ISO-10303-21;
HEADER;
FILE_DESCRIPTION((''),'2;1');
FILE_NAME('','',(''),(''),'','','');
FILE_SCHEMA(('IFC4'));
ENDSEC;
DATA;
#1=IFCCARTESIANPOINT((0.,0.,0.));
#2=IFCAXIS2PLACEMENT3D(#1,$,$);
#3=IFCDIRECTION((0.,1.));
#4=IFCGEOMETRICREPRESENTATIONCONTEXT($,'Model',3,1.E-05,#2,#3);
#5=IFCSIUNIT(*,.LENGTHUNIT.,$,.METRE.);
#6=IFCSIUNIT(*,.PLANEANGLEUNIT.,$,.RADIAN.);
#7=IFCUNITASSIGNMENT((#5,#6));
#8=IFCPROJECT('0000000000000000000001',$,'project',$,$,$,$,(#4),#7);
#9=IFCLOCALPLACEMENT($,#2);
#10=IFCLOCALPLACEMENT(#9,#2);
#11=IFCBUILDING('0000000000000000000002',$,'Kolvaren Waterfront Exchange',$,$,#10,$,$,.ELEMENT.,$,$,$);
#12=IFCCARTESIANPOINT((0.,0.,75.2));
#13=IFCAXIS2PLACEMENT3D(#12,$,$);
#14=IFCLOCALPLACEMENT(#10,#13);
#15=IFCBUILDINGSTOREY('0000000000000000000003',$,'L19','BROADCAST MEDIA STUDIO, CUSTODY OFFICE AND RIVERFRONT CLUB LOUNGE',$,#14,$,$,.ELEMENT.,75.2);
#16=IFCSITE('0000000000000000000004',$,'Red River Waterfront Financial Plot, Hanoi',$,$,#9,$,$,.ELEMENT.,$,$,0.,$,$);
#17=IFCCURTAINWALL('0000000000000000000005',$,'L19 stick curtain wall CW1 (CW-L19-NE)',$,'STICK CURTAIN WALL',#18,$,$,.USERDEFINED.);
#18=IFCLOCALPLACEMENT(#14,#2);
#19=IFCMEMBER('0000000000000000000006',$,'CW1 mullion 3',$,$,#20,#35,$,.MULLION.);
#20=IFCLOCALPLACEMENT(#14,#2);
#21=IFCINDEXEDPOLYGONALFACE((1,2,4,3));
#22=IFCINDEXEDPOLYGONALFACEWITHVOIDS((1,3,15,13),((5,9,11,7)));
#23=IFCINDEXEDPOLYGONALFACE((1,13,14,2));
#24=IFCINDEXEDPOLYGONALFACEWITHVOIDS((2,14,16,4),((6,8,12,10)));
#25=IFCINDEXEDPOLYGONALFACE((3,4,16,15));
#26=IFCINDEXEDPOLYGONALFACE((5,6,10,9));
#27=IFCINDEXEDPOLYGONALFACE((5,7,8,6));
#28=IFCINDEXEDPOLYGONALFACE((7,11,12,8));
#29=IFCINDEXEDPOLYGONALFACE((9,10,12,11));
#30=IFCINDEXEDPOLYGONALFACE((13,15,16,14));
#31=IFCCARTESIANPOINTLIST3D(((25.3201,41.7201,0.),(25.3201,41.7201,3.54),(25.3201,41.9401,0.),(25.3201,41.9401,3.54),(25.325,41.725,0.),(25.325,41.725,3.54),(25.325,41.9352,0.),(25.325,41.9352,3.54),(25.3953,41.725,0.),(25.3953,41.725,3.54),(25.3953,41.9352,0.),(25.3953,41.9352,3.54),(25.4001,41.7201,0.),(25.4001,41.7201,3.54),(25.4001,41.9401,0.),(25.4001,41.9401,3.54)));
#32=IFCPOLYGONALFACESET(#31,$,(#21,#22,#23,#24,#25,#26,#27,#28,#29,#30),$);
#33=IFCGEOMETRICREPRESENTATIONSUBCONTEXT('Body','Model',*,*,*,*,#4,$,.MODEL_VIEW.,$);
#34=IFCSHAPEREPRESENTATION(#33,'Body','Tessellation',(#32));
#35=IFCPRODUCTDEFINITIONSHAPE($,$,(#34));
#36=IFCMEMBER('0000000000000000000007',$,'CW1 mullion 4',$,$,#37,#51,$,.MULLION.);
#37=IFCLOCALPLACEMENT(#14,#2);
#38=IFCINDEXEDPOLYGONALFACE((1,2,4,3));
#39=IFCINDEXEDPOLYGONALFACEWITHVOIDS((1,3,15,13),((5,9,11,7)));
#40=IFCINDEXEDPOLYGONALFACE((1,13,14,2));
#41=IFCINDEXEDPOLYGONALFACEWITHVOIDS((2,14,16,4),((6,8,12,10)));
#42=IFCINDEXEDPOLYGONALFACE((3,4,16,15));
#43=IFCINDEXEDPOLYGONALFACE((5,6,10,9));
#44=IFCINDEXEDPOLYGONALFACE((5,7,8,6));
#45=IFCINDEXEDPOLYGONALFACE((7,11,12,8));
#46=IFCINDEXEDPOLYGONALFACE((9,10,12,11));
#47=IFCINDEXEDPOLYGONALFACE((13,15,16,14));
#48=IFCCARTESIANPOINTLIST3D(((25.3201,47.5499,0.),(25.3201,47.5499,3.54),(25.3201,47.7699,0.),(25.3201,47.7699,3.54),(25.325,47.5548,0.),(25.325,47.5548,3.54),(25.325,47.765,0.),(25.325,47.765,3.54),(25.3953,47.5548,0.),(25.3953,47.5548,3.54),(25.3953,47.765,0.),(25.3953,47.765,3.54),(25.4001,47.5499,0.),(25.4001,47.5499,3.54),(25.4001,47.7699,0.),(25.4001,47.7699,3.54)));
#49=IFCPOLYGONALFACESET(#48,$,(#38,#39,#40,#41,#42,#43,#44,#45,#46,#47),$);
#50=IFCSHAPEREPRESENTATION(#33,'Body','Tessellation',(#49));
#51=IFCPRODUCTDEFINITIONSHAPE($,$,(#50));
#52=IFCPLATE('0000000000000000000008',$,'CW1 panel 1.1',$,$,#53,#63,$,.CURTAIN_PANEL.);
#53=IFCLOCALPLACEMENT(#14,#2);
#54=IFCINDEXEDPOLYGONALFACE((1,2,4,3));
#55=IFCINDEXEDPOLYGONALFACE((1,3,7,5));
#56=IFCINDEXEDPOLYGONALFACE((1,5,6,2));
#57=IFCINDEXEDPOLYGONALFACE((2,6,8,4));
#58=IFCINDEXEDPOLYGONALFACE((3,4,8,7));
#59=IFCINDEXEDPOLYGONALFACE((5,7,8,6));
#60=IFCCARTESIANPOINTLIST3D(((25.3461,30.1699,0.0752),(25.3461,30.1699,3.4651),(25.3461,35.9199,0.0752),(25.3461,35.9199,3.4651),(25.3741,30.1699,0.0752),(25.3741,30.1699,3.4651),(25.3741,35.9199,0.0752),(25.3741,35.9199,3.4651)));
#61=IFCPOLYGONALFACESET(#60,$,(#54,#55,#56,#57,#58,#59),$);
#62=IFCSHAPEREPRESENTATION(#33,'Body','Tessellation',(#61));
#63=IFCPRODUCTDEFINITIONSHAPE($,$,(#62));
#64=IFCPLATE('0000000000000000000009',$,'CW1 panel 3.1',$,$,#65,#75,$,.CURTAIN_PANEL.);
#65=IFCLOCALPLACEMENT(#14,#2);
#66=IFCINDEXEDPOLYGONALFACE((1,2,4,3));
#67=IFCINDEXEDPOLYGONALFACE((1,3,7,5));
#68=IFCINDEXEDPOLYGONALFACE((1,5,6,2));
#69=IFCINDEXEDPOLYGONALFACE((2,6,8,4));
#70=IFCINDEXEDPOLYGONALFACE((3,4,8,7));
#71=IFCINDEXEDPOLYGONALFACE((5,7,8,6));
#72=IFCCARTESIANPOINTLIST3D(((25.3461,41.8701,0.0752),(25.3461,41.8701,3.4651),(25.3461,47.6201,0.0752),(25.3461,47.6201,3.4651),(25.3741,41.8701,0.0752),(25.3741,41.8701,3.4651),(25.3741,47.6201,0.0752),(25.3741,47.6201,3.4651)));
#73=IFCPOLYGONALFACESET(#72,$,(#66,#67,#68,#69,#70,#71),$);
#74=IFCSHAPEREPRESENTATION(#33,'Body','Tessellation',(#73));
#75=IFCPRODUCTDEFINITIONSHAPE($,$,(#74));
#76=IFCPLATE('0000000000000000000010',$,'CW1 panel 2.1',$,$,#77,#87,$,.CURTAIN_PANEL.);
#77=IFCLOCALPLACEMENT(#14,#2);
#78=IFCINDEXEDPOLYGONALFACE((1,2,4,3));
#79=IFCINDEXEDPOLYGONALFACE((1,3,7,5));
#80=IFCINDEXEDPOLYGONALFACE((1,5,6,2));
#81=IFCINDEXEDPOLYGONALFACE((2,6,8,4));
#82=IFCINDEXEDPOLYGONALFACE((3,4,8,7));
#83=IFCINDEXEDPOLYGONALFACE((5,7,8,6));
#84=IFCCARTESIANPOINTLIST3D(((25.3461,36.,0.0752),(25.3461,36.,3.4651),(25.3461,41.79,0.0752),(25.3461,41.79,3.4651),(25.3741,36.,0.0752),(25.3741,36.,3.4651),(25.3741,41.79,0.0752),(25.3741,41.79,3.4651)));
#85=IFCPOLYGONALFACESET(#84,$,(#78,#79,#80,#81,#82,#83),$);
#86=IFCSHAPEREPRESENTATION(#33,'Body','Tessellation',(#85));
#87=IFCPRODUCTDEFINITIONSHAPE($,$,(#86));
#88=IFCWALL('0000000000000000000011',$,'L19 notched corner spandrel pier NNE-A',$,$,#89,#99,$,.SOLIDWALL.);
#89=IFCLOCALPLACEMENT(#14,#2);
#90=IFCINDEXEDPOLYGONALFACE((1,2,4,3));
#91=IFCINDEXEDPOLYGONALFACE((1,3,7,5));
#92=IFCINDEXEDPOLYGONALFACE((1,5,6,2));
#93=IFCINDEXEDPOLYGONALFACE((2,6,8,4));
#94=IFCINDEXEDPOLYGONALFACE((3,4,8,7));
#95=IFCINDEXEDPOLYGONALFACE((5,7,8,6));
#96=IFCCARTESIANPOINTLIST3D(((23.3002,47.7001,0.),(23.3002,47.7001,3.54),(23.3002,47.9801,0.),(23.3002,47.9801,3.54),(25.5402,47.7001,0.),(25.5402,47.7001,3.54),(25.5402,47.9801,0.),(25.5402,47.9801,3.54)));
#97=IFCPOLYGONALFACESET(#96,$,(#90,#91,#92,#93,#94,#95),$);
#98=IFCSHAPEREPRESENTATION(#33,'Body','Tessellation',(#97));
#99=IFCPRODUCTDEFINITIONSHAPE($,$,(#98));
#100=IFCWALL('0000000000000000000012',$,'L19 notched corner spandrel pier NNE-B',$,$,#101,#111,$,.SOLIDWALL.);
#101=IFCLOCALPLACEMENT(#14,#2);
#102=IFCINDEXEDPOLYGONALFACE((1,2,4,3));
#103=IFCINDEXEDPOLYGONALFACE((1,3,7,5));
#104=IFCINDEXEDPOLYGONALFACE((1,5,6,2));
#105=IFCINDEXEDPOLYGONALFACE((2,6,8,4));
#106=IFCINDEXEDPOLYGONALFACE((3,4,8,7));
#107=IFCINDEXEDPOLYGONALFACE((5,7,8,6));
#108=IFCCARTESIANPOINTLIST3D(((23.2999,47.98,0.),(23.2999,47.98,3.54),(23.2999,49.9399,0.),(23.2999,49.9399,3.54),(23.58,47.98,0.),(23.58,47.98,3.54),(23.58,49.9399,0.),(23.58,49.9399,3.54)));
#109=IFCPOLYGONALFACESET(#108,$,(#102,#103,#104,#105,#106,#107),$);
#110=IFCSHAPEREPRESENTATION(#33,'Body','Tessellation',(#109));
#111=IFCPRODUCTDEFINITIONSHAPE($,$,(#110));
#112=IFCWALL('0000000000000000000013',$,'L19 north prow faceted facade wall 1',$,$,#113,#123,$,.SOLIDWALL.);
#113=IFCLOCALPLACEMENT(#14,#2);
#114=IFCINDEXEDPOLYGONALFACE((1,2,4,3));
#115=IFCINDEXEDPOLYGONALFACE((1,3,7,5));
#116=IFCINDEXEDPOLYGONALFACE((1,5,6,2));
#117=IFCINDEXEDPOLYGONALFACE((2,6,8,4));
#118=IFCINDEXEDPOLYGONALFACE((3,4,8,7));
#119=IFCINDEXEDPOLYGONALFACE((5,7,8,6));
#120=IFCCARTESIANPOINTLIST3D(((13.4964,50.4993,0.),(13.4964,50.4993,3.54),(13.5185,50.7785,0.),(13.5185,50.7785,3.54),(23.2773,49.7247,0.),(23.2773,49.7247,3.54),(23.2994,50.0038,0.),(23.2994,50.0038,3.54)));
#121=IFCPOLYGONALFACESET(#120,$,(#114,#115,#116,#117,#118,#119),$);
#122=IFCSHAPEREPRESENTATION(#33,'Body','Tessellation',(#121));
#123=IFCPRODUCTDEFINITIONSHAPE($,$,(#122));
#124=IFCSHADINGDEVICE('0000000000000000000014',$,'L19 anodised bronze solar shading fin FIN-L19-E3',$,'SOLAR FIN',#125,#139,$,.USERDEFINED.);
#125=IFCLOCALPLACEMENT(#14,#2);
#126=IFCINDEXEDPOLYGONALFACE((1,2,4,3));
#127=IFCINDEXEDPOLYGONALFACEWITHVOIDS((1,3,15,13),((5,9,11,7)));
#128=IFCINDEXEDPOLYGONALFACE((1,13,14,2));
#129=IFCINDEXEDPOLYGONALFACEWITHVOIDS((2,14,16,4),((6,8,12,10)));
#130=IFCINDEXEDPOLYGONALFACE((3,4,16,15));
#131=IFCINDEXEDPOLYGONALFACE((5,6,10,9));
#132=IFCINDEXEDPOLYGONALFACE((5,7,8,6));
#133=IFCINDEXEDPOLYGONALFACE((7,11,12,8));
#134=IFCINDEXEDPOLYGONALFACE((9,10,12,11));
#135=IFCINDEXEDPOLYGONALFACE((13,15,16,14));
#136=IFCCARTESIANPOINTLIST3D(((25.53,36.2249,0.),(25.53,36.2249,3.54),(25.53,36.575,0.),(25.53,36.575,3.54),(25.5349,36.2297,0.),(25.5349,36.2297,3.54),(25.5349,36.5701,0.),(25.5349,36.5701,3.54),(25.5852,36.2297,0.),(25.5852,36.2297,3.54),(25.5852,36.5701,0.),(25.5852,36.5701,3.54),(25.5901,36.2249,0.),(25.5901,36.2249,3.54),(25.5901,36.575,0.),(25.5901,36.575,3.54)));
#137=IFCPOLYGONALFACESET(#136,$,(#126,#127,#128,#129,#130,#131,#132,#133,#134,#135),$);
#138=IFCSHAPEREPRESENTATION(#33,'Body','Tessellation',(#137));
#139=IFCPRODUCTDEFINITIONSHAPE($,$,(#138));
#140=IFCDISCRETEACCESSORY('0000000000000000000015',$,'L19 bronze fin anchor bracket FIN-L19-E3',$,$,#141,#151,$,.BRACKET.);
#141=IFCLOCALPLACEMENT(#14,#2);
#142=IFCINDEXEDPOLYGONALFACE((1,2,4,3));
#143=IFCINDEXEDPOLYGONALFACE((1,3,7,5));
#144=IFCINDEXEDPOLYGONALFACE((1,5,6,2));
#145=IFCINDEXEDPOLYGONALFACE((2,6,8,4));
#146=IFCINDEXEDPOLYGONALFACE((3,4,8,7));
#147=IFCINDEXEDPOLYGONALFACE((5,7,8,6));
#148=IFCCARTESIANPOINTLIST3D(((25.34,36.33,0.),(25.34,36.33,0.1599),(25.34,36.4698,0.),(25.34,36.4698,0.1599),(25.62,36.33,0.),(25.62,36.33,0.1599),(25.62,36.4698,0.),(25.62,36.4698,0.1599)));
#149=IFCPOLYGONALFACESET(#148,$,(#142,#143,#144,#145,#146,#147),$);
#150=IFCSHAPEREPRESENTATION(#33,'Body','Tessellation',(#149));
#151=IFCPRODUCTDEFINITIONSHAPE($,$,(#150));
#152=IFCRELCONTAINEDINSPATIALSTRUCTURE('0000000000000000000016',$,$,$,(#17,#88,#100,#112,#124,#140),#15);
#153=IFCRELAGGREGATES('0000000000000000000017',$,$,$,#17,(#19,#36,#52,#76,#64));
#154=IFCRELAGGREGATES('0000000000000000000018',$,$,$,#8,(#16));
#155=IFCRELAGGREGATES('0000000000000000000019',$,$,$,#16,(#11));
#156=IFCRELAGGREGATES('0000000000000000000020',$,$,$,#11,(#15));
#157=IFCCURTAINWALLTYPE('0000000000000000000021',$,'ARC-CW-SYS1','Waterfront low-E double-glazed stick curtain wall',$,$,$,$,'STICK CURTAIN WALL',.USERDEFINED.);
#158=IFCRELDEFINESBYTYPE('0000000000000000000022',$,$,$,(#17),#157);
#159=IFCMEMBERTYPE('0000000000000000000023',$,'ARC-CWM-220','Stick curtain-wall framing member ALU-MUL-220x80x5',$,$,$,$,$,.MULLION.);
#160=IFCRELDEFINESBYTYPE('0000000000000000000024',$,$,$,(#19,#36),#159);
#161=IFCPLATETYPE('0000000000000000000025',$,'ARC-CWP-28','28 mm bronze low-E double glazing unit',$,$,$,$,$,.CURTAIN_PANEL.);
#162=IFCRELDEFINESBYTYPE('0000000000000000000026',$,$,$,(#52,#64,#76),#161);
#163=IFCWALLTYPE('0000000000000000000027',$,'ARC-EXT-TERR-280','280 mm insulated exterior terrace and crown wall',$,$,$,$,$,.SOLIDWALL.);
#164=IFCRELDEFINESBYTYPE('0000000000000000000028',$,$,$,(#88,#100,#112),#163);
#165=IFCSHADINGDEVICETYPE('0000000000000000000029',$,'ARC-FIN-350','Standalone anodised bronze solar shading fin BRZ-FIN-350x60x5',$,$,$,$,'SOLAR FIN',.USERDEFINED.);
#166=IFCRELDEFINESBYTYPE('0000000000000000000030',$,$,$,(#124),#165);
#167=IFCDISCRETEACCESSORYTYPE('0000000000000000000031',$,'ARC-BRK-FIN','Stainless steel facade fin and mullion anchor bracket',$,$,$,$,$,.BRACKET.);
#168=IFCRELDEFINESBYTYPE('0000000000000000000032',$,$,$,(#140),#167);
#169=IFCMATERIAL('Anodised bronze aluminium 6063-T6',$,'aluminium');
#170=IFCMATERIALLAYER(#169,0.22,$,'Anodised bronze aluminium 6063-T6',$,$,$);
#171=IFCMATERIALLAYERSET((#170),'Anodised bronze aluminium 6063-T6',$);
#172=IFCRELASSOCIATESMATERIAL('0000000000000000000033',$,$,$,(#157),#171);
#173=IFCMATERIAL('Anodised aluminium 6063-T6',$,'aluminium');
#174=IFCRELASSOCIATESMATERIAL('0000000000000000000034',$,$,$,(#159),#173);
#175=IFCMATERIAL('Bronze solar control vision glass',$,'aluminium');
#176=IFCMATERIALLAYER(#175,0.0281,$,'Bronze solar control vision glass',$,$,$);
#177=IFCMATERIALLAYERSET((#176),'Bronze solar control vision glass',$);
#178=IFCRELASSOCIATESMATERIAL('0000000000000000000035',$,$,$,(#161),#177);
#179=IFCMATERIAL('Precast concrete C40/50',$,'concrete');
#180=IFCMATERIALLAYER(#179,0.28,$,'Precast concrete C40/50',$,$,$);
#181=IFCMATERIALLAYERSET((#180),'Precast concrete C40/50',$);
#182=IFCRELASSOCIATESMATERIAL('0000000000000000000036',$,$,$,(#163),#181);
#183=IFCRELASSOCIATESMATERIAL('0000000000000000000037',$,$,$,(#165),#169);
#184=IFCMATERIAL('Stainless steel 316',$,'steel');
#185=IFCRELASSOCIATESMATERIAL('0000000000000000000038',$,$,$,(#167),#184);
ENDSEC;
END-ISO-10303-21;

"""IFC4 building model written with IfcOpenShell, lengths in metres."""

from ifc_helpers import new_model, si_unit, direction, frame, frame_2d, origin, origin_with_axes, origin_2d, place, context, subcontext, project, spatial, rectangle, hollow_rectangle, extrude, source, transform, mapped, material, layer, layer_set, material_profile, profile_set, type_object, element, aggregate, save


model = new_model("IFC4")

# Units and contexts
model_context = context("Model", 3, precision=1e-05, world=origin(), true_north=direction((0.0, 1.0)))
body_context = subcontext(model_context, "Body", "Model", "MODEL_VIEW")
ifc_project = project(units=[si_unit("LENGTHUNIT", "METRE"), si_unit("PLANEANGLEUNIT", "RADIAN")], contexts=[model_context])

# Site, building, storey
site_placement = place(None, origin())
site = spatial("IfcSite", under=ifc_project, at=site_placement, Name="Red River Waterfront Financial Plot, Hanoi", CompositionType="ELEMENT", RefElevation=0.0)
building_placement = place(site_placement, origin())
building = spatial("IfcBuilding", under=site, at=building_placement, Name="Kolvaren Waterfront Exchange", CompositionType="ELEMENT")
storey_placement = place(building_placement, frame((0.0, 0.0, 75.2)))
storey = spatial("IfcBuildingStorey", under=building, at=storey_placement, Name="L19", Description="BROADCAST MEDIA STUDIO, CUSTODY OFFICE AND RIVERFRONT CLUB LOUNGE", CompositionType="ELEMENT", Elevation=75.2)

# Curtain wall, members, plates
ifc_material_1 = material(Name="Anodised bronze aluminium 6063-T6", Category="aluminium")
ifc_layer_1 = layer(ifc_material_1, 0.22, Name="Anodised bronze aluminium 6063-T6")
ifc_layer_set_1 = layer_set([ifc_layer_1], Name="Anodised bronze aluminium 6063-T6")
curtain_wall_type = type_object("IfcCurtainWallType", Name="ARC-CW-SYS1", Description="Waterfront low-E double-glazed stick curtain wall", ElementType="STICK CURTAIN WALL", PredefinedType="USERDEFINED", material=ifc_layer_set_1)
curtain_wall_placement = place(storey_placement, origin())
curtain_wall = element("IfcCurtainWall", 1, at=curtain_wall_placement, inside=storey, type_object=curtain_wall_type, Name="L19 stick curtain wall CW1 (CW-L19-NE)", ObjectType="STICK CURTAIN WALL", PredefinedType="USERDEFINED")
ifc_material_2 = material(Name="Anodised aluminium 6063-T6", Category="aluminium")
ifc_material_profile_1 = material_profile(ifc_material_2, hollow_rectangle(XDim=0.0801, YDim=0.22, WallThickness=0.0049, at=origin_2d()), Name="ALU-MUL-220x80x5")
ifc_profile_set_1 = profile_set([ifc_material_profile_1], Name="Anodised aluminium 6063-T6")
member_type_1 = type_object("IfcMemberType", Name="ARC-CWM-220", Description="Stick curtain-wall framing member ALU-MUL-220x80x5", PredefinedType="MULLION", material=ifc_profile_set_1)
shared_shape_1 = source(origin_with_axes(), body_context, "Body", "SweptSolid", [
    extrude(hollow_rectangle(XDim=0.0801, YDim=0.22, WallThickness=0.0049, at=origin_2d()), origin(), (0.0, 0.0, 1.0), 3.54),
])
member_1_placement = place(storey_placement, frame((25.3601, 41.8301, 0.0), z_axis=(0.0, 0.0, 1.0), x_axis=(-1.0, 0.0, 0.0)))
member_1 = element("IfcMember", 2, at=member_1_placement, type_object=member_type_1, Name="CW1 mullion 3", PredefinedType="MULLION", context=body_context, shape_type="MappedRepresentation", body=[
    mapped(shared_shape_1, transform((0.0, 0.0, 0.0), x_axis=(1.0, 0.0, 0.0), y_axis=(0.0, 1.0, 0.0), z_axis=(0.0, 0.0, 1.0), scale=1.0)),
])
member_2_placement = place(storey_placement, frame((25.3601, 47.6599, 0.0), z_axis=(0.0, 0.0, 1.0), x_axis=(-1.0, 0.0, 0.0)))
member_2 = element("IfcMember", 3, at=member_2_placement, type_object=member_type_1, Name="CW1 mullion 4", PredefinedType="MULLION", context=body_context, shape_type="MappedRepresentation", body=[
    mapped(shared_shape_1, transform((0.0, 0.0, 0.0), x_axis=(1.0, 0.0, 0.0), y_axis=(0.0, 1.0, 0.0), z_axis=(0.0, 0.0, 1.0), scale=1.0)),
])
ifc_material_3 = material(Name="Bronze solar control vision glass", Category="aluminium")
ifc_layer_2 = layer(ifc_material_3, 0.0281, Name="Bronze solar control vision glass")
ifc_layer_set_2 = layer_set([ifc_layer_2], Name="Bronze solar control vision glass")
plate_type = type_object("IfcPlateType", Name="ARC-CWP-28", Description="28 mm bronze low-E double glazing unit", PredefinedType="CURTAIN_PANEL", material=ifc_layer_set_2)
shared_shape_2 = source(origin_with_axes(), body_context, "Body", "SweptSolid", [
    extrude(rectangle(XDim=5.75, YDim=0.0281, at=origin_2d()), origin(), (0.0, 0.0, 1.0), 3.3899),
])
plate_1_placement = place(storey_placement, frame((25.3601, 33.0449, 0.0752), z_axis=(0.0, 0.0, 1.0), x_axis=(0.0, 1.0, 0.0)))
plate_1 = element("IfcPlate", 4, at=plate_1_placement, type_object=plate_type, Name="CW1 panel 1.1", PredefinedType="CURTAIN_PANEL", context=body_context, shape_type="MappedRepresentation", body=[
    mapped(shared_shape_2, transform((0.0, 0.0, 0.0), x_axis=(1.0, 0.0, 0.0), y_axis=(0.0, 1.0, 0.0), z_axis=(0.0, 0.0, 1.0), scale=1.0)),
])
plate_2_placement = place(storey_placement, frame((25.3601, 44.7451, 0.0752), z_axis=(0.0, 0.0, 1.0), x_axis=(0.0, 1.0, 0.0)))
plate_2 = element("IfcPlate", 5, at=plate_2_placement, type_object=plate_type, Name="CW1 panel 3.1", PredefinedType="CURTAIN_PANEL", context=body_context, shape_type="MappedRepresentation", body=[
    mapped(shared_shape_2, transform((0.0, 0.0, 0.0), x_axis=(1.0, 0.0, 0.0), y_axis=(0.0, 1.0, 0.0), z_axis=(0.0, 0.0, 1.0), scale=1.0)),
])
shared_shape_3 = source(origin_with_axes(), body_context, "Body", "SweptSolid", [
    extrude(rectangle(XDim=5.79, YDim=0.0281, at=origin_2d()), origin(), (0.0, 0.0, 1.0), 3.3899),
])
plate_3_placement = place(storey_placement, frame((25.3601, 38.895, 0.0752), z_axis=(0.0, 0.0, 1.0), x_axis=(0.0, 1.0, 0.0)))
plate_3 = element("IfcPlate", 6, at=plate_3_placement, type_object=plate_type, Name="CW1 panel 2.1", PredefinedType="CURTAIN_PANEL", context=body_context, shape_type="MappedRepresentation", body=[
    mapped(shared_shape_3, transform((0.0, 0.0, 0.0), x_axis=(1.0, 0.0, 0.0), y_axis=(0.0, 1.0, 0.0), z_axis=(0.0, 0.0, 1.0), scale=1.0)),
])
aggregate(curtain_wall, [member_1, member_2, plate_1, plate_3, plate_2])

# Walls
ifc_material_4 = material(Name="Precast concrete C40/50", Category="concrete")
ifc_layer_3 = layer(ifc_material_4, 0.28, Name="Precast concrete C40/50")
ifc_layer_set_3 = layer_set([ifc_layer_3], Name="Precast concrete C40/50")
wall_type = type_object("IfcWallType", Name="ARC-EXT-TERR-280", Description="280 mm insulated exterior terrace and crown wall", PredefinedType="SOLIDWALL", material=ifc_layer_set_3)
wall_1_placement = place(storey_placement, frame((23.3, 47.8401, 0.0), z_axis=(0.0, 0.0, 1.0), x_axis=(1.0, 0.0, 0.0)))
element("IfcWall", 7, at=wall_1_placement, inside=storey, type_object=wall_type, Name="L19 notched corner spandrel pier NNE-A", PredefinedType="SOLIDWALL", context=body_context, shape_type="SweptSolid", body=[
    extrude(rectangle(XDim=2.24, YDim=0.28, at=frame_2d((1.1201, 0.0))), origin(), (0.0, 0.0, 1.0), 3.54),
])
wall_2_placement = place(storey_placement, frame((23.4399, 47.98, 0.0), z_axis=(0.0, 0.0, 1.0), x_axis=(0.0, 1.0, 0.0)))
element("IfcWall", 8, at=wall_2_placement, inside=storey, type_object=wall_type, Name="L19 notched corner spandrel pier NNE-B", PredefinedType="SOLIDWALL", context=body_context, shape_type="SweptSolid", body=[
    extrude(rectangle(XDim=1.96, YDim=0.28, at=frame_2d((0.98, 0.0))), origin(), (0.0, 0.0, 1.0), 3.54),
])
wall_3_placement = place(storey_placement, frame((23.2883, 49.8643, 0.0), z_axis=(0.0, 0.0, 1.0), x_axis=(-0.996878, 0.078953, 0.0)))
element("IfcWall", 9, at=wall_3_placement, inside=storey, type_object=wall_type, Name="L19 north prow faceted facade wall 1", PredefinedType="SOLIDWALL", context=body_context, shape_type="SweptSolid", body=[
    extrude(rectangle(XDim=9.8115, YDim=0.28, at=frame_2d((4.9058, 0.0))), origin(), (0.0, 0.0, 1.0), 3.54),
])

# Shading device
ifc_material_profile_2 = material_profile(ifc_material_1, hollow_rectangle(XDim=0.0601, YDim=0.3501, WallThickness=0.0049, at=origin_2d()), Name="BRZ-FIN-350x60x5")
ifc_profile_set_2 = profile_set([ifc_material_profile_2], Name="Anodised bronze aluminium 6063-T6")
shading_device_type = type_object("IfcShadingDeviceType", Name="ARC-FIN-350", Description="Standalone anodised bronze solar shading fin BRZ-FIN-350x60x5", ElementType="SOLAR FIN", PredefinedType="USERDEFINED", material=ifc_profile_set_2)
shading_device_placement = place(storey_placement, frame((25.5601, 36.3999, 0.0), z_axis=(0.0, 0.0, 1.0), x_axis=(1.0, 0.0, 0.0)))
element("IfcShadingDevice", 10, at=shading_device_placement, inside=storey, type_object=shading_device_type, Name="L19 anodised bronze solar shading fin FIN-L19-E3", ObjectType="SOLAR FIN", PredefinedType="USERDEFINED", context=body_context, shape_type="SweptSolid", body=[
    extrude(hollow_rectangle(XDim=0.0601, YDim=0.3501, WallThickness=0.0049, at=origin_2d()), origin(), (0.0, 0.0, 1.0), 3.54),
])

# Discrete accessory
ifc_material_5 = material(Name="Stainless steel 316", Category="steel")
discrete_accessory_type = type_object("IfcDiscreteAccessoryType", Name="ARC-BRK-FIN", Description="Stainless steel facade fin and mullion anchor bracket", PredefinedType="BRACKET", material=ifc_material_5)
shared_shape_4 = source(origin_with_axes(), body_context, "Body", "SweptSolid", [
    extrude(rectangle(XDim=0.28, YDim=0.1399, at=origin_2d()), origin(), (0.0, 0.0, 1.0), 0.1599),
])
discrete_accessory_placement = place(storey_placement, frame((25.48, 36.3999, 0.0), z_axis=(0.0, 0.0, 1.0), x_axis=(1.0, 0.0, 0.0)))
element("IfcDiscreteAccessory", 11, at=discrete_accessory_placement, inside=storey, type_object=discrete_accessory_type, Name="L19 bronze fin anchor bracket FIN-L19-E3", PredefinedType="BRACKET", context=body_context, shape_type="MappedRepresentation", body=[
    mapped(shared_shape_4, transform((0.0, 0.0, 0.0), x_axis=(1.0, 0.0, 0.0), y_axis=(0.0, 1.0, 0.0), z_axis=(0.0, 0.0, 1.0), scale=1.0)),
])

save(model, "model.ifc")
